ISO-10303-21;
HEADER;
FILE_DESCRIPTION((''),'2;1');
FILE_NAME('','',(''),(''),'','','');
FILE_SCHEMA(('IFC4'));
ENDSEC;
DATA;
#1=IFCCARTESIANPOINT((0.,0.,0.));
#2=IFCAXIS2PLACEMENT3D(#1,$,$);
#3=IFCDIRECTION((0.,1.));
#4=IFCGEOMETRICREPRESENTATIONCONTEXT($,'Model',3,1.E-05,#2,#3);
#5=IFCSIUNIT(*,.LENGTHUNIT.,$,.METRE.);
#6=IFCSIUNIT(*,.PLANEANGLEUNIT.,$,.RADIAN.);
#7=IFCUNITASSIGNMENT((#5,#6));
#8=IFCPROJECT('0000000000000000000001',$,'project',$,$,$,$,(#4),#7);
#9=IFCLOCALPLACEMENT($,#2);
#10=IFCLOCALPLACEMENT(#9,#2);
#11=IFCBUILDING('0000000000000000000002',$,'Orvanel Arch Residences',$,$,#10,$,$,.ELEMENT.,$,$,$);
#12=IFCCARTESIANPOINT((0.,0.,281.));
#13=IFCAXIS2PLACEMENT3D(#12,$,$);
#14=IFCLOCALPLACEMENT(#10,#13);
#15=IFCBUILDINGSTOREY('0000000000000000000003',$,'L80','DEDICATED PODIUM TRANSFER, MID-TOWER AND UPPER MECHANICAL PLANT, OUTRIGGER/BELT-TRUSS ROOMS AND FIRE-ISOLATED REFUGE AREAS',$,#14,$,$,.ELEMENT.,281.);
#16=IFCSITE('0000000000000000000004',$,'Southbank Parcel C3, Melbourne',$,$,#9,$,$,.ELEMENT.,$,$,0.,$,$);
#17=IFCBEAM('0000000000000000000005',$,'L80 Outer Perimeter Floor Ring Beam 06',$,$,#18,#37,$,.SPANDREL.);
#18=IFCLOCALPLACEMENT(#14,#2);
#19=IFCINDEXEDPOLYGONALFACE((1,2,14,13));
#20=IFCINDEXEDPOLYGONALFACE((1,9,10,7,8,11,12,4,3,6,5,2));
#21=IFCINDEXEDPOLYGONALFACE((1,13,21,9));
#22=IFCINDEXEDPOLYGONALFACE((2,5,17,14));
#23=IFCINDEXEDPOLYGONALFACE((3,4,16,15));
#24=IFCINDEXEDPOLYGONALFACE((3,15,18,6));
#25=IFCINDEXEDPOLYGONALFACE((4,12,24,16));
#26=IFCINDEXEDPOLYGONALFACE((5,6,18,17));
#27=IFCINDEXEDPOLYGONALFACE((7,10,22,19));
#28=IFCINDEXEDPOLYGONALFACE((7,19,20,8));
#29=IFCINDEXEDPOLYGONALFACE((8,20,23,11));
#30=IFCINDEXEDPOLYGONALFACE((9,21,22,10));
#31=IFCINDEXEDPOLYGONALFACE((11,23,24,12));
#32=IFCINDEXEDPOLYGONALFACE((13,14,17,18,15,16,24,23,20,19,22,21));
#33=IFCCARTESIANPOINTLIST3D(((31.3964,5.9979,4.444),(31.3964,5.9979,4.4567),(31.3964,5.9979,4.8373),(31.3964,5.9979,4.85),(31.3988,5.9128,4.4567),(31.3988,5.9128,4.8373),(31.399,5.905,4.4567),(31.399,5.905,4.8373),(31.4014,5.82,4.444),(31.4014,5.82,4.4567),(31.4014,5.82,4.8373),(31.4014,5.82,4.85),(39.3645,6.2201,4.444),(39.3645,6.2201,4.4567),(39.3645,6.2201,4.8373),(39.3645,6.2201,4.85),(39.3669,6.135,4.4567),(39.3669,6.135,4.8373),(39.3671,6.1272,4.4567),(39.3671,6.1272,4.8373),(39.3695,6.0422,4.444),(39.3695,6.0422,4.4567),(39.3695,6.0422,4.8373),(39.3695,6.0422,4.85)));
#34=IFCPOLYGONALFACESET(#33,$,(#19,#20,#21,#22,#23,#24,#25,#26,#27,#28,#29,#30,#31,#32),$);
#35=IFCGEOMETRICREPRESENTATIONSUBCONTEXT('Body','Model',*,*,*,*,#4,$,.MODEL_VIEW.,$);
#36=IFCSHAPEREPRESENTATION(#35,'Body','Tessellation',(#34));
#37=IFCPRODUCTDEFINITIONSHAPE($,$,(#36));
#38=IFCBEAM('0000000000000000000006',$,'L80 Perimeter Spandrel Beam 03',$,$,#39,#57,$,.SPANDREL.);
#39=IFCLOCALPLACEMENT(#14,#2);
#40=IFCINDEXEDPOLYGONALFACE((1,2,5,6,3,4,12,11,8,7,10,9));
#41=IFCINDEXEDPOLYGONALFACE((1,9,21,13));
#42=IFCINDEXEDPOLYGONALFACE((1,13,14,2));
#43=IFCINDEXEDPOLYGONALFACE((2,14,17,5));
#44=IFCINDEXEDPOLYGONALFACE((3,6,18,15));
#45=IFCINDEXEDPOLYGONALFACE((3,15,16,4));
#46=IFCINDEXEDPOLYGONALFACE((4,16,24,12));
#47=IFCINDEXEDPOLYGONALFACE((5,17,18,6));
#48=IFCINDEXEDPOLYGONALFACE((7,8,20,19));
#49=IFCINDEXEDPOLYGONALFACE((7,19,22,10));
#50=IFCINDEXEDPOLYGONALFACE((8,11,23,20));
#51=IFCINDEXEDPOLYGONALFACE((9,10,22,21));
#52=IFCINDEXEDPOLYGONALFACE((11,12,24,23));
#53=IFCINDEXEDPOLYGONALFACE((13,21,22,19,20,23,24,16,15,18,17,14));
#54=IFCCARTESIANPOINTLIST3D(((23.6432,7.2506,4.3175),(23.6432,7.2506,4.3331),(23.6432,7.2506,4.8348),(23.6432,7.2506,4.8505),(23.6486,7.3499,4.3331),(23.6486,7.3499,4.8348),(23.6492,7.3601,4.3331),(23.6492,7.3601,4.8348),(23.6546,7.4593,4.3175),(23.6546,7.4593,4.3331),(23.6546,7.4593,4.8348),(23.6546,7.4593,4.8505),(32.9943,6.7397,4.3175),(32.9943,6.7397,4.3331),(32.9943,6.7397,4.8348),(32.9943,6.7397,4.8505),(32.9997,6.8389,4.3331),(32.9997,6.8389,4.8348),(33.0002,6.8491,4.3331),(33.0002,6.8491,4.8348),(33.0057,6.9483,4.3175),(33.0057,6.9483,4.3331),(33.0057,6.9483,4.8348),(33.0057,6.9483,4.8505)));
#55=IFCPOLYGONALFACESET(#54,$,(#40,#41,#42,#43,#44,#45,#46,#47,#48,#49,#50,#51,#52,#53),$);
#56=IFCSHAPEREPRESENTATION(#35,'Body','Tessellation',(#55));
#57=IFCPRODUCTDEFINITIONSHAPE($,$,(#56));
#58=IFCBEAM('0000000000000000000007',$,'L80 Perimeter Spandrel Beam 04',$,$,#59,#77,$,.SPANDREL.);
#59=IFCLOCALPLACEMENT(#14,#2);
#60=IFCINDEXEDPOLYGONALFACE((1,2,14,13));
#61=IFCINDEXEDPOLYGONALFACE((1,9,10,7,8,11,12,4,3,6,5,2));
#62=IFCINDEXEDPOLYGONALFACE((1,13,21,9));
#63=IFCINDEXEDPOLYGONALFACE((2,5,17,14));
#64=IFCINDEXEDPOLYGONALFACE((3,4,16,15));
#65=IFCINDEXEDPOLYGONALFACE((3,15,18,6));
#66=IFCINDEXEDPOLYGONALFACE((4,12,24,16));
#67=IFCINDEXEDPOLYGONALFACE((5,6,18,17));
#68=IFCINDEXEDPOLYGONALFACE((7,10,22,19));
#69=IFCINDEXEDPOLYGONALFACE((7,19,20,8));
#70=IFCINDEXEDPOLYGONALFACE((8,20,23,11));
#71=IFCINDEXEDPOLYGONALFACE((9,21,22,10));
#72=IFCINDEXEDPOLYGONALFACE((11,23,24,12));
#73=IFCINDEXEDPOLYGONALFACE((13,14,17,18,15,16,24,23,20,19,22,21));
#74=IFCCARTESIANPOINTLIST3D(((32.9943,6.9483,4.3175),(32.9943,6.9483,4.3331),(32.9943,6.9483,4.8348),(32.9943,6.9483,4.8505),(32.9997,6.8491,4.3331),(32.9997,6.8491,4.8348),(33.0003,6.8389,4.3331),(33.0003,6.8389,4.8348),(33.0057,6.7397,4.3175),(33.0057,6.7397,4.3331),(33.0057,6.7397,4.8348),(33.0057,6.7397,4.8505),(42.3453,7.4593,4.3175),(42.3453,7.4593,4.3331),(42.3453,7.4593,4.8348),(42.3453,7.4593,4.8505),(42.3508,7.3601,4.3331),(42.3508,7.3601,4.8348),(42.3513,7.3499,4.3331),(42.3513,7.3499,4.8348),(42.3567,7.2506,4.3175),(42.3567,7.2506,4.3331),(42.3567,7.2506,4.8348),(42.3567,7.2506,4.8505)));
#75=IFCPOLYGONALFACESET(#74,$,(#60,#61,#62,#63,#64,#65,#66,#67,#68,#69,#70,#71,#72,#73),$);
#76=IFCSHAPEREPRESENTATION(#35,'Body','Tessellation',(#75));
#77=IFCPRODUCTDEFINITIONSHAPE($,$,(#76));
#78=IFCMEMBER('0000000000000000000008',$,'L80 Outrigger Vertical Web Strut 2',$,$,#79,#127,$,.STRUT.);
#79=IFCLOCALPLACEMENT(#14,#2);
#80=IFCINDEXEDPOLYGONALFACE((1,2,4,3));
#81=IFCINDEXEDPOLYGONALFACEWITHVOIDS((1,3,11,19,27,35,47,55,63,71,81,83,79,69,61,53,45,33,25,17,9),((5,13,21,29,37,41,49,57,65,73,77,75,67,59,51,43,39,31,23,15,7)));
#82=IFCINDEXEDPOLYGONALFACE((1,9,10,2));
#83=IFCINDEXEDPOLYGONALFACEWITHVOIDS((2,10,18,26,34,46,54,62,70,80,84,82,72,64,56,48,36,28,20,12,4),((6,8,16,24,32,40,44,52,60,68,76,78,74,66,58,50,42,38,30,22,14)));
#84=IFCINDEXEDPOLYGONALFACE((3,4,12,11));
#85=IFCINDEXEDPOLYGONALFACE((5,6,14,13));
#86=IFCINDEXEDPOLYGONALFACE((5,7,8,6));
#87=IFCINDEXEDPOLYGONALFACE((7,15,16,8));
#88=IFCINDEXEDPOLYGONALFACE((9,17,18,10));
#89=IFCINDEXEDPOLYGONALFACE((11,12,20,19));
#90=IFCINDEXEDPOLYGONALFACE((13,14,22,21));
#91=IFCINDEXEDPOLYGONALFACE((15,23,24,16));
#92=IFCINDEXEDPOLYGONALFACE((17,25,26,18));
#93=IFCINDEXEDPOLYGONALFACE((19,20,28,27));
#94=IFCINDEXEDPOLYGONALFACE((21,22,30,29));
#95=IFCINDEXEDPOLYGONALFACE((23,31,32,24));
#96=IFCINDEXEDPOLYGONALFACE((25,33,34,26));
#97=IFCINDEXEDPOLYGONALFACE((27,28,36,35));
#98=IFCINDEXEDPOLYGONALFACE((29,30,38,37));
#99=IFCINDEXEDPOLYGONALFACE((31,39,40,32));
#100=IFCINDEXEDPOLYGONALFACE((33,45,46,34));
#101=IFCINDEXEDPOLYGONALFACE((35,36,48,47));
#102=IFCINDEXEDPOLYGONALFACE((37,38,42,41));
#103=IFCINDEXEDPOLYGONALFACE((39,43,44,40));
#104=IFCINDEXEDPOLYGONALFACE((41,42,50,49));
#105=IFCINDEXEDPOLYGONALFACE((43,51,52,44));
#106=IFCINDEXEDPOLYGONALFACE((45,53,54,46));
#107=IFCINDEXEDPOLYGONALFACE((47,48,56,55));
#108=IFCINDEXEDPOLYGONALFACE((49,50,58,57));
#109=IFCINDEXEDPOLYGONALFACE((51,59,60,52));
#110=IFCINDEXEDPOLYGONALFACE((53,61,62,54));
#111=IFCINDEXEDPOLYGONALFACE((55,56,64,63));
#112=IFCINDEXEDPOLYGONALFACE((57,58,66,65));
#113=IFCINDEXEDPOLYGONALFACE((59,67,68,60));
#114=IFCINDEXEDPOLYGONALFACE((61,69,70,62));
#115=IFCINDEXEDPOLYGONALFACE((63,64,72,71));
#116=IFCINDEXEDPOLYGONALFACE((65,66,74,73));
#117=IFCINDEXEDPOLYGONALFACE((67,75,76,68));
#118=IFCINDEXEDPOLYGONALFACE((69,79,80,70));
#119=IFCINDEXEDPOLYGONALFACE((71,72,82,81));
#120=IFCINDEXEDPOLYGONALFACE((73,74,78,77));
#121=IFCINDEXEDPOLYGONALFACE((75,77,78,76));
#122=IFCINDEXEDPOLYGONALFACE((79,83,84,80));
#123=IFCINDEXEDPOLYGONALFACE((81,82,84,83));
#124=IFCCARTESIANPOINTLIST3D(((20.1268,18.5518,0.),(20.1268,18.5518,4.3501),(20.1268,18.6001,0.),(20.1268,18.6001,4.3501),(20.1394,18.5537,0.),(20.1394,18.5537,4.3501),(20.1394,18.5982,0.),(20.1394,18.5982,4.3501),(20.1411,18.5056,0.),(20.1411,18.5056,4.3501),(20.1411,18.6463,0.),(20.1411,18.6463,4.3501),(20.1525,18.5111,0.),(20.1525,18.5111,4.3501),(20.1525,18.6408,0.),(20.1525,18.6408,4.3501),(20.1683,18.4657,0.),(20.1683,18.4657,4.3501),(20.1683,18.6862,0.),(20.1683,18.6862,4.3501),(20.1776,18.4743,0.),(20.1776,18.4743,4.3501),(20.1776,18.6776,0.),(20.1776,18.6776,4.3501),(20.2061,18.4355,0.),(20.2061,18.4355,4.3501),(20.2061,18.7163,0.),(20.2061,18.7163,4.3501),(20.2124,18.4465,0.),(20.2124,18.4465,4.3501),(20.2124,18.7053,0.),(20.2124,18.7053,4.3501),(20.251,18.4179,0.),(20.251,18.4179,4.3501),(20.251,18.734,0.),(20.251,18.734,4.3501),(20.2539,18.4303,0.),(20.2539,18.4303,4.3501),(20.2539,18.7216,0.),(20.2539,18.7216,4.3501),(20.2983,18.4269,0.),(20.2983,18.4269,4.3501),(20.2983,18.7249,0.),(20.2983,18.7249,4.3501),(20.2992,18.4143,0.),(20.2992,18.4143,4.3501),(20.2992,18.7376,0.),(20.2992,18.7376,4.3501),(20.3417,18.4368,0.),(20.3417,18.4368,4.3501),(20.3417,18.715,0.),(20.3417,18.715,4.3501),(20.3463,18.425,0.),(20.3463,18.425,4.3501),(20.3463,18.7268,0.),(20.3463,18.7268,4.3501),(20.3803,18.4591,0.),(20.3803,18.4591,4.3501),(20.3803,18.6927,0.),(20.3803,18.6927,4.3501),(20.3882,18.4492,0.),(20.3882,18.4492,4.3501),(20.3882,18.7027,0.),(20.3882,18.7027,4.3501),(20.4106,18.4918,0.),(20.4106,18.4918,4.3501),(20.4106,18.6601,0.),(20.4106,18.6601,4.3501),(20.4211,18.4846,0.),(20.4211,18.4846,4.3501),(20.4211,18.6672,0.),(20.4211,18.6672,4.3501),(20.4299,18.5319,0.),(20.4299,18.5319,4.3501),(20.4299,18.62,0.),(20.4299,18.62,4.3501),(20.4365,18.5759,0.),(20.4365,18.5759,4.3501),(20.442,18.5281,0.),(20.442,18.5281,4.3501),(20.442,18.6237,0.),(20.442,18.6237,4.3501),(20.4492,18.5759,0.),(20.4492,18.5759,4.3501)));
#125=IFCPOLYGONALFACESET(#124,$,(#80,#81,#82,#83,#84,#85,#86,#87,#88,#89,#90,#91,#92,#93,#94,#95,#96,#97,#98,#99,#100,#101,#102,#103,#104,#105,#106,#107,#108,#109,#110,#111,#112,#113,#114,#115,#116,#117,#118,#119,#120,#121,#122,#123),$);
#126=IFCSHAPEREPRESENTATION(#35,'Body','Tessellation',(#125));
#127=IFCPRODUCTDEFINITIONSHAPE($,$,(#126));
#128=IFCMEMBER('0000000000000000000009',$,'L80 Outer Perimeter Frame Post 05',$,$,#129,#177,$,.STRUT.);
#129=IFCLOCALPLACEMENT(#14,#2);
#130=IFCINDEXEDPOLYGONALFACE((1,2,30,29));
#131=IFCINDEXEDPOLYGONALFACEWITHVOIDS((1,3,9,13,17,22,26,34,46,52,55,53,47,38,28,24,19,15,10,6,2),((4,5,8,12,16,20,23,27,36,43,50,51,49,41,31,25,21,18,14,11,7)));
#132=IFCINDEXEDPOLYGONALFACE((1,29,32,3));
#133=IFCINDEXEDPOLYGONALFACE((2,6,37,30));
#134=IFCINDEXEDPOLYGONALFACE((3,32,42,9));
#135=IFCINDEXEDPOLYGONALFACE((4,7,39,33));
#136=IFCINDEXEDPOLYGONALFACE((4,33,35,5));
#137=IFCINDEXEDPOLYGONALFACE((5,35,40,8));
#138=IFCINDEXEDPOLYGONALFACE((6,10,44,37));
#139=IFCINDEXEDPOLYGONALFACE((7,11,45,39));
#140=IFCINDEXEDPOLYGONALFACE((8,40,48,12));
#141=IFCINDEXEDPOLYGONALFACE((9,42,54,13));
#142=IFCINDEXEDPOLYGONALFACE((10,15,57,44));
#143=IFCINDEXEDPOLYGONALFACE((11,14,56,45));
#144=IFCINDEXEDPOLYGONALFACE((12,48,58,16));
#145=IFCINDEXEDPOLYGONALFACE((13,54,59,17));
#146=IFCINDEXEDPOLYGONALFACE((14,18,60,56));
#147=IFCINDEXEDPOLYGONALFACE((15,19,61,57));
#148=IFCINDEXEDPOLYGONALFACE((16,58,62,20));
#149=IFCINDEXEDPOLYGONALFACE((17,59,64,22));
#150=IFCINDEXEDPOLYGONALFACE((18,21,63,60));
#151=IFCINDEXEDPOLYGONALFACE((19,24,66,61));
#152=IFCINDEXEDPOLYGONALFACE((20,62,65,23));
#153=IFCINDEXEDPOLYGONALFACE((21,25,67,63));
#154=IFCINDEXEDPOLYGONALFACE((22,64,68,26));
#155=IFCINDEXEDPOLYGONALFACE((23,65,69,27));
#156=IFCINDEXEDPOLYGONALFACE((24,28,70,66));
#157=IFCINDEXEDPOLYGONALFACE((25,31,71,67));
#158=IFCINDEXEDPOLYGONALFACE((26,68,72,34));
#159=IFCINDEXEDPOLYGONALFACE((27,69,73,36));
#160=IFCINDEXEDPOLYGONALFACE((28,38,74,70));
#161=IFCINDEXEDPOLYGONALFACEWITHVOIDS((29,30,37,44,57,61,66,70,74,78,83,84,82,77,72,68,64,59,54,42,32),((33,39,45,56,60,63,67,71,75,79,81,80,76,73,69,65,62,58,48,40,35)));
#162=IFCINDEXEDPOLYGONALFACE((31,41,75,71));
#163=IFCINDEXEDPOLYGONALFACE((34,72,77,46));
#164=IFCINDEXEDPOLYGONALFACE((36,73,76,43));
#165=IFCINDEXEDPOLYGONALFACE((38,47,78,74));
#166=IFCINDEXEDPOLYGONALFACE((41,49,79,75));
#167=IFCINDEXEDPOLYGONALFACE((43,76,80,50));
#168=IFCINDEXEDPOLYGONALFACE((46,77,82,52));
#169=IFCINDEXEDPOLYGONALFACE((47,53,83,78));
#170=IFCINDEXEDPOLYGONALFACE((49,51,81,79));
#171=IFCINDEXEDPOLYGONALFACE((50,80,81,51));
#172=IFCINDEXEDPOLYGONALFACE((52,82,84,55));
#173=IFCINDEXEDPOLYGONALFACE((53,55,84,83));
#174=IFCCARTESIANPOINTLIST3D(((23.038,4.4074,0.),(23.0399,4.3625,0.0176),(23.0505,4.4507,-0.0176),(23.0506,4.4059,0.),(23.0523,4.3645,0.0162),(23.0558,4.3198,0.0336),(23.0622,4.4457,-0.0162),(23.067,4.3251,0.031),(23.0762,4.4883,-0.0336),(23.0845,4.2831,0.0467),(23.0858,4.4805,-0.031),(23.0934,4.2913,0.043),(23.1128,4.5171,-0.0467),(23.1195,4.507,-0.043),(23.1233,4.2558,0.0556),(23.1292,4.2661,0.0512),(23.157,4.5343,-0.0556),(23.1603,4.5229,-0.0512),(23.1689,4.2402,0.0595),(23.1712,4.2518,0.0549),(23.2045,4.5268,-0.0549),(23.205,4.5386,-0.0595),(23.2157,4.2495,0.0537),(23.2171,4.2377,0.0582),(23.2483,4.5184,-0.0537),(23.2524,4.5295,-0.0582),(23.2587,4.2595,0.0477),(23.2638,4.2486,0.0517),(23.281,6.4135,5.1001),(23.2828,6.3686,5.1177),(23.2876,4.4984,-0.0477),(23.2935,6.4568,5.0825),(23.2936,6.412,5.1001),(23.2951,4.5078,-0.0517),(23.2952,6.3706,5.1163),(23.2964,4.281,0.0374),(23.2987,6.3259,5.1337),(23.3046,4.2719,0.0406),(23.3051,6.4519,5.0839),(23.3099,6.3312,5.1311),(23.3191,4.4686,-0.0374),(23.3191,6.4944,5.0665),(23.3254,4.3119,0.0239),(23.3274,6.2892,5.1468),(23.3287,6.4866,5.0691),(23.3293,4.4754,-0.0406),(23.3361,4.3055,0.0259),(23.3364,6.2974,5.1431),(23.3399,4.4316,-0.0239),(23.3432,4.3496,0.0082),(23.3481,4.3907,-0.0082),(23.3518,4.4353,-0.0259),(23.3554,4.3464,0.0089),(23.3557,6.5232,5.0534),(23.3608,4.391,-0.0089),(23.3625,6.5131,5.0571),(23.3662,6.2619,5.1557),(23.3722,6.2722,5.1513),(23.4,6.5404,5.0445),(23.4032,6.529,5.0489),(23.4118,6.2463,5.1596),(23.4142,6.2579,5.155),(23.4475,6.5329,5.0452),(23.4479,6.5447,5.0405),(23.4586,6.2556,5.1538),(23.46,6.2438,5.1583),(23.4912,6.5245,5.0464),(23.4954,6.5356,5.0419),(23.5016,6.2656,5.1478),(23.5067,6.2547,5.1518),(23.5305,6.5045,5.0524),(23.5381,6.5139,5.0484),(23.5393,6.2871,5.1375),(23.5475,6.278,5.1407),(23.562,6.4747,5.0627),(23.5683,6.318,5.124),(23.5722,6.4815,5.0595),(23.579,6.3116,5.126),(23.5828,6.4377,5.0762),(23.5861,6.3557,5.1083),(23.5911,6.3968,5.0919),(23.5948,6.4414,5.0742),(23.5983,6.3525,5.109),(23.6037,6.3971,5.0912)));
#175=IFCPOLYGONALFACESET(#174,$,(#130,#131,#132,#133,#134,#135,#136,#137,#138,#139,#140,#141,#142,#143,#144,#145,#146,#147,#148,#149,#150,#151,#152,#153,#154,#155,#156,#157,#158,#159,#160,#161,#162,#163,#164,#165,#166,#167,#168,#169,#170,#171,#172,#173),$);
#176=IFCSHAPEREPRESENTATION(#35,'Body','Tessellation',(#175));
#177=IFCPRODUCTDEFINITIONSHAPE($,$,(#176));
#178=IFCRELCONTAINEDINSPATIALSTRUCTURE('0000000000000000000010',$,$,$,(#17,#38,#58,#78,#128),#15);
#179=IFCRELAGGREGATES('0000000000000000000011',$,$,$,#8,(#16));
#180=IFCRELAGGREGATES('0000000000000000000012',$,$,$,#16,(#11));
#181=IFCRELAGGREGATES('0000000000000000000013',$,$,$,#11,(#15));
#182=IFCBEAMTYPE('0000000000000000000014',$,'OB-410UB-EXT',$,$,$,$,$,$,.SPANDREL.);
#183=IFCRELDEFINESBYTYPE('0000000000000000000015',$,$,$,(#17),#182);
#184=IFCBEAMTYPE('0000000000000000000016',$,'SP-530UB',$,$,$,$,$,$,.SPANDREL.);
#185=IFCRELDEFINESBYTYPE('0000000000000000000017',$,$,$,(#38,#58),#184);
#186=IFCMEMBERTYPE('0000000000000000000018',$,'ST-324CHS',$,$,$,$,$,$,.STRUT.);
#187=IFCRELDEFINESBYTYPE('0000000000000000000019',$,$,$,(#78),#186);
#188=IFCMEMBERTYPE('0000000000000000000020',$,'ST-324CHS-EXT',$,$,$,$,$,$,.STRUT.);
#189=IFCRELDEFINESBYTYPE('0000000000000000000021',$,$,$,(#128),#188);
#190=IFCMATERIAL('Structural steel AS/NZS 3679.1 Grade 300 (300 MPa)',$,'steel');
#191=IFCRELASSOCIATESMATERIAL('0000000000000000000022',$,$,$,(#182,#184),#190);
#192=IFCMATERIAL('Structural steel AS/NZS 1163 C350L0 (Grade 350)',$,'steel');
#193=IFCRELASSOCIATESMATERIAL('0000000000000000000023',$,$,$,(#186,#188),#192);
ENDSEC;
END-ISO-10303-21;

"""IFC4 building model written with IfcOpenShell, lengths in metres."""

from ifc_helpers import new_model, si_unit, direction, frame, origin, origin_2d, place, context, subcontext, project, spatial, hollow_circle, i_section, extrude, material, material_profile, profile_set, type_object, element, save


model = new_model("IFC4")

# Units and contexts
model_context = context("Model", 3, precision=1e-05, world=origin(), true_north=direction((0.0, 1.0)))
body_context = subcontext(model_context, "Body", "Model", "MODEL_VIEW")
ifc_project = project(units=[si_unit("LENGTHUNIT", "METRE"), si_unit("PLANEANGLEUNIT", "RADIAN")], contexts=[model_context])

# Site, building, storey
site_placement = place(None, origin())
site = spatial("IfcSite", under=ifc_project, at=site_placement, Name="Southbank Parcel C3, Melbourne", CompositionType="ELEMENT", RefElevation=0.0)
building_placement = place(site_placement, origin())
building = spatial("IfcBuilding", under=site, at=building_placement, Name="Orvanel Arch Residences", CompositionType="ELEMENT")
storey_placement = place(building_placement, frame((0.0, 0.0, 281.0)))
storey = spatial("IfcBuildingStorey", under=building, at=storey_placement, Name="L80", Description="DEDICATED PODIUM TRANSFER, MID-TOWER AND UPPER MECHANICAL PLANT, OUTRIGGER/BELT-TRUSS ROOMS AND FIRE-ISOLATED REFUGE AREAS", CompositionType="ELEMENT", Elevation=281.0)

# Shared definitions
ifc_material_1 = material(Name="Structural steel AS/NZS 1163 C350L0 (Grade 350)", Category="steel")

# Beams
ifc_material_2 = material(Name="Structural steel AS/NZS 3679.1 Grade 300 (300 MPa)", Category="steel")
ifc_material_profile_1 = material_profile(ifc_material_2, i_section(OverallWidth=0.178, OverallDepth=0.406, WebThickness=0.0078, FlangeThickness=0.0127, at=origin_2d()), Name="410UB59.7")
ifc_profile_set_1 = profile_set([ifc_material_profile_1], Name="Structural steel AS/NZS 3679.1 Grade 300 (300 MPa)")
beam_type_1 = type_object("IfcBeamType", Name="OB-410UB-EXT", PredefinedType="SPANDREL", material=ifc_profile_set_1)
beam_1_placement = place(storey_placement, frame((31.3989, 5.9089, 4.647), z_axis=(0.999612, 0.027872, 0.0), x_axis=(-0.027872, 0.999612, 0.0)))
element("IfcBeam", 1, at=beam_1_placement, inside=storey, type_object=beam_type_1, Name="L80 Outer Perimeter Floor Ring Beam 06", PredefinedType="SPANDREL", context=body_context, shape_type="SweptSolid", body=[
    extrude(i_section(OverallWidth=0.178, OverallDepth=0.406, WebThickness=0.0078, FlangeThickness=0.0127, at=origin_2d()), origin(), (0.0, 0.0, 1.0), 7.9712),
])
ifc_material_profile_2 = material_profile(ifc_material_2, i_section(OverallWidth=0.209, OverallDepth=0.533, WebThickness=0.0103, FlangeThickness=0.0156, at=origin_2d()), Name="530UB92.4")
ifc_profile_set_2 = profile_set([ifc_material_profile_2], Name="Structural steel AS/NZS 3679.1 Grade 300 (300 MPa)")
beam_type_2 = type_object("IfcBeamType", Name="SP-530UB", PredefinedType="SPANDREL", material=ifc_profile_set_2)
for number, where, z_axis, x_axis, name in (
    (2, (23.6489, 7.355, 4.584), (0.99851, -0.054563, 0.0), (0.054563, 0.99851, 0.0), "L80 Perimeter Spandrel Beam 03"),
    (3, (33.0, 6.844, 4.584), (0.99851, 0.054563, 0.0), (-0.054563, 0.99851, 0.0), "L80 Perimeter Spandrel Beam 04"),
):
    element("IfcBeam", number, at=place(storey_placement, frame(where, z_axis=z_axis, x_axis=x_axis)), inside=storey, type_object=beam_type_2, Name=name, PredefinedType="SPANDREL", context=body_context, shape_type="SweptSolid", body=[
        extrude(i_section(OverallWidth=0.209, OverallDepth=0.533, WebThickness=0.0103, FlangeThickness=0.0156, at=origin_2d()), origin(), (0.0, 0.0, 1.0), 9.365),
    ])

# Members
ifc_material_profile_3 = material_profile(ifc_material_1, hollow_circle(Radius=0.1621, WallThickness=0.0127, at=origin_2d()), Name="CHS324x12.7")
ifc_profile_set_3 = profile_set([ifc_material_profile_3], Name="Structural steel AS/NZS 1163 C350L0 (Grade 350)")
member_type_1 = type_object("IfcMemberType", Name="ST-324CHS", PredefinedType="STRUT", material=ifc_profile_set_3)
member_1_placement = place(storey_placement, frame((20.2871, 18.5759, 0.0), z_axis=(0.0, 0.0, 1.0), x_axis=(1.0, 0.0, 0.0)))
element("IfcMember", 4, at=member_1_placement, inside=storey, type_object=member_type_1, Name="L80 Outrigger Vertical Web Strut 2", PredefinedType="STRUT", context=body_context, shape_type="SweptSolid", body=[
    extrude(hollow_circle(Radius=0.1621, WallThickness=0.0127, at=origin_2d()), origin(), (0.0, 0.0, 1.0), 4.3501),
])
ifc_material_profile_4 = material_profile(ifc_material_1, hollow_circle(Radius=0.1621, WallThickness=0.0127, at=origin_2d()), Name="CHS324x12.7")
ifc_profile_set_4 = profile_set([ifc_material_profile_4], Name="Structural steel AS/NZS 1163 C350L0 (Grade 350)")
member_type_2 = type_object("IfcMemberType", Name="ST-324CHS-EXT", PredefinedType="STRUT", material=ifc_profile_set_4)
member_2_placement = place(storey_placement, frame((23.199, 4.3879, 0.0), z_axis=(0.044281, 0.365687, 0.929684), x_axis=(-0.992748, 0.120212, 0.0)))
element("IfcMember", 5, at=member_2_placement, inside=storey, type_object=member_type_2, Name="L80 Outer Perimeter Frame Post 05", PredefinedType="STRUT", context=body_context, shape_type="SweptSolid", body=[
    extrude(hollow_circle(Radius=0.1621, WallThickness=0.0127, at=origin_2d()), origin(), (0.0, 0.0, 1.0), 5.4858),
])

save(model, "model.ifc")
